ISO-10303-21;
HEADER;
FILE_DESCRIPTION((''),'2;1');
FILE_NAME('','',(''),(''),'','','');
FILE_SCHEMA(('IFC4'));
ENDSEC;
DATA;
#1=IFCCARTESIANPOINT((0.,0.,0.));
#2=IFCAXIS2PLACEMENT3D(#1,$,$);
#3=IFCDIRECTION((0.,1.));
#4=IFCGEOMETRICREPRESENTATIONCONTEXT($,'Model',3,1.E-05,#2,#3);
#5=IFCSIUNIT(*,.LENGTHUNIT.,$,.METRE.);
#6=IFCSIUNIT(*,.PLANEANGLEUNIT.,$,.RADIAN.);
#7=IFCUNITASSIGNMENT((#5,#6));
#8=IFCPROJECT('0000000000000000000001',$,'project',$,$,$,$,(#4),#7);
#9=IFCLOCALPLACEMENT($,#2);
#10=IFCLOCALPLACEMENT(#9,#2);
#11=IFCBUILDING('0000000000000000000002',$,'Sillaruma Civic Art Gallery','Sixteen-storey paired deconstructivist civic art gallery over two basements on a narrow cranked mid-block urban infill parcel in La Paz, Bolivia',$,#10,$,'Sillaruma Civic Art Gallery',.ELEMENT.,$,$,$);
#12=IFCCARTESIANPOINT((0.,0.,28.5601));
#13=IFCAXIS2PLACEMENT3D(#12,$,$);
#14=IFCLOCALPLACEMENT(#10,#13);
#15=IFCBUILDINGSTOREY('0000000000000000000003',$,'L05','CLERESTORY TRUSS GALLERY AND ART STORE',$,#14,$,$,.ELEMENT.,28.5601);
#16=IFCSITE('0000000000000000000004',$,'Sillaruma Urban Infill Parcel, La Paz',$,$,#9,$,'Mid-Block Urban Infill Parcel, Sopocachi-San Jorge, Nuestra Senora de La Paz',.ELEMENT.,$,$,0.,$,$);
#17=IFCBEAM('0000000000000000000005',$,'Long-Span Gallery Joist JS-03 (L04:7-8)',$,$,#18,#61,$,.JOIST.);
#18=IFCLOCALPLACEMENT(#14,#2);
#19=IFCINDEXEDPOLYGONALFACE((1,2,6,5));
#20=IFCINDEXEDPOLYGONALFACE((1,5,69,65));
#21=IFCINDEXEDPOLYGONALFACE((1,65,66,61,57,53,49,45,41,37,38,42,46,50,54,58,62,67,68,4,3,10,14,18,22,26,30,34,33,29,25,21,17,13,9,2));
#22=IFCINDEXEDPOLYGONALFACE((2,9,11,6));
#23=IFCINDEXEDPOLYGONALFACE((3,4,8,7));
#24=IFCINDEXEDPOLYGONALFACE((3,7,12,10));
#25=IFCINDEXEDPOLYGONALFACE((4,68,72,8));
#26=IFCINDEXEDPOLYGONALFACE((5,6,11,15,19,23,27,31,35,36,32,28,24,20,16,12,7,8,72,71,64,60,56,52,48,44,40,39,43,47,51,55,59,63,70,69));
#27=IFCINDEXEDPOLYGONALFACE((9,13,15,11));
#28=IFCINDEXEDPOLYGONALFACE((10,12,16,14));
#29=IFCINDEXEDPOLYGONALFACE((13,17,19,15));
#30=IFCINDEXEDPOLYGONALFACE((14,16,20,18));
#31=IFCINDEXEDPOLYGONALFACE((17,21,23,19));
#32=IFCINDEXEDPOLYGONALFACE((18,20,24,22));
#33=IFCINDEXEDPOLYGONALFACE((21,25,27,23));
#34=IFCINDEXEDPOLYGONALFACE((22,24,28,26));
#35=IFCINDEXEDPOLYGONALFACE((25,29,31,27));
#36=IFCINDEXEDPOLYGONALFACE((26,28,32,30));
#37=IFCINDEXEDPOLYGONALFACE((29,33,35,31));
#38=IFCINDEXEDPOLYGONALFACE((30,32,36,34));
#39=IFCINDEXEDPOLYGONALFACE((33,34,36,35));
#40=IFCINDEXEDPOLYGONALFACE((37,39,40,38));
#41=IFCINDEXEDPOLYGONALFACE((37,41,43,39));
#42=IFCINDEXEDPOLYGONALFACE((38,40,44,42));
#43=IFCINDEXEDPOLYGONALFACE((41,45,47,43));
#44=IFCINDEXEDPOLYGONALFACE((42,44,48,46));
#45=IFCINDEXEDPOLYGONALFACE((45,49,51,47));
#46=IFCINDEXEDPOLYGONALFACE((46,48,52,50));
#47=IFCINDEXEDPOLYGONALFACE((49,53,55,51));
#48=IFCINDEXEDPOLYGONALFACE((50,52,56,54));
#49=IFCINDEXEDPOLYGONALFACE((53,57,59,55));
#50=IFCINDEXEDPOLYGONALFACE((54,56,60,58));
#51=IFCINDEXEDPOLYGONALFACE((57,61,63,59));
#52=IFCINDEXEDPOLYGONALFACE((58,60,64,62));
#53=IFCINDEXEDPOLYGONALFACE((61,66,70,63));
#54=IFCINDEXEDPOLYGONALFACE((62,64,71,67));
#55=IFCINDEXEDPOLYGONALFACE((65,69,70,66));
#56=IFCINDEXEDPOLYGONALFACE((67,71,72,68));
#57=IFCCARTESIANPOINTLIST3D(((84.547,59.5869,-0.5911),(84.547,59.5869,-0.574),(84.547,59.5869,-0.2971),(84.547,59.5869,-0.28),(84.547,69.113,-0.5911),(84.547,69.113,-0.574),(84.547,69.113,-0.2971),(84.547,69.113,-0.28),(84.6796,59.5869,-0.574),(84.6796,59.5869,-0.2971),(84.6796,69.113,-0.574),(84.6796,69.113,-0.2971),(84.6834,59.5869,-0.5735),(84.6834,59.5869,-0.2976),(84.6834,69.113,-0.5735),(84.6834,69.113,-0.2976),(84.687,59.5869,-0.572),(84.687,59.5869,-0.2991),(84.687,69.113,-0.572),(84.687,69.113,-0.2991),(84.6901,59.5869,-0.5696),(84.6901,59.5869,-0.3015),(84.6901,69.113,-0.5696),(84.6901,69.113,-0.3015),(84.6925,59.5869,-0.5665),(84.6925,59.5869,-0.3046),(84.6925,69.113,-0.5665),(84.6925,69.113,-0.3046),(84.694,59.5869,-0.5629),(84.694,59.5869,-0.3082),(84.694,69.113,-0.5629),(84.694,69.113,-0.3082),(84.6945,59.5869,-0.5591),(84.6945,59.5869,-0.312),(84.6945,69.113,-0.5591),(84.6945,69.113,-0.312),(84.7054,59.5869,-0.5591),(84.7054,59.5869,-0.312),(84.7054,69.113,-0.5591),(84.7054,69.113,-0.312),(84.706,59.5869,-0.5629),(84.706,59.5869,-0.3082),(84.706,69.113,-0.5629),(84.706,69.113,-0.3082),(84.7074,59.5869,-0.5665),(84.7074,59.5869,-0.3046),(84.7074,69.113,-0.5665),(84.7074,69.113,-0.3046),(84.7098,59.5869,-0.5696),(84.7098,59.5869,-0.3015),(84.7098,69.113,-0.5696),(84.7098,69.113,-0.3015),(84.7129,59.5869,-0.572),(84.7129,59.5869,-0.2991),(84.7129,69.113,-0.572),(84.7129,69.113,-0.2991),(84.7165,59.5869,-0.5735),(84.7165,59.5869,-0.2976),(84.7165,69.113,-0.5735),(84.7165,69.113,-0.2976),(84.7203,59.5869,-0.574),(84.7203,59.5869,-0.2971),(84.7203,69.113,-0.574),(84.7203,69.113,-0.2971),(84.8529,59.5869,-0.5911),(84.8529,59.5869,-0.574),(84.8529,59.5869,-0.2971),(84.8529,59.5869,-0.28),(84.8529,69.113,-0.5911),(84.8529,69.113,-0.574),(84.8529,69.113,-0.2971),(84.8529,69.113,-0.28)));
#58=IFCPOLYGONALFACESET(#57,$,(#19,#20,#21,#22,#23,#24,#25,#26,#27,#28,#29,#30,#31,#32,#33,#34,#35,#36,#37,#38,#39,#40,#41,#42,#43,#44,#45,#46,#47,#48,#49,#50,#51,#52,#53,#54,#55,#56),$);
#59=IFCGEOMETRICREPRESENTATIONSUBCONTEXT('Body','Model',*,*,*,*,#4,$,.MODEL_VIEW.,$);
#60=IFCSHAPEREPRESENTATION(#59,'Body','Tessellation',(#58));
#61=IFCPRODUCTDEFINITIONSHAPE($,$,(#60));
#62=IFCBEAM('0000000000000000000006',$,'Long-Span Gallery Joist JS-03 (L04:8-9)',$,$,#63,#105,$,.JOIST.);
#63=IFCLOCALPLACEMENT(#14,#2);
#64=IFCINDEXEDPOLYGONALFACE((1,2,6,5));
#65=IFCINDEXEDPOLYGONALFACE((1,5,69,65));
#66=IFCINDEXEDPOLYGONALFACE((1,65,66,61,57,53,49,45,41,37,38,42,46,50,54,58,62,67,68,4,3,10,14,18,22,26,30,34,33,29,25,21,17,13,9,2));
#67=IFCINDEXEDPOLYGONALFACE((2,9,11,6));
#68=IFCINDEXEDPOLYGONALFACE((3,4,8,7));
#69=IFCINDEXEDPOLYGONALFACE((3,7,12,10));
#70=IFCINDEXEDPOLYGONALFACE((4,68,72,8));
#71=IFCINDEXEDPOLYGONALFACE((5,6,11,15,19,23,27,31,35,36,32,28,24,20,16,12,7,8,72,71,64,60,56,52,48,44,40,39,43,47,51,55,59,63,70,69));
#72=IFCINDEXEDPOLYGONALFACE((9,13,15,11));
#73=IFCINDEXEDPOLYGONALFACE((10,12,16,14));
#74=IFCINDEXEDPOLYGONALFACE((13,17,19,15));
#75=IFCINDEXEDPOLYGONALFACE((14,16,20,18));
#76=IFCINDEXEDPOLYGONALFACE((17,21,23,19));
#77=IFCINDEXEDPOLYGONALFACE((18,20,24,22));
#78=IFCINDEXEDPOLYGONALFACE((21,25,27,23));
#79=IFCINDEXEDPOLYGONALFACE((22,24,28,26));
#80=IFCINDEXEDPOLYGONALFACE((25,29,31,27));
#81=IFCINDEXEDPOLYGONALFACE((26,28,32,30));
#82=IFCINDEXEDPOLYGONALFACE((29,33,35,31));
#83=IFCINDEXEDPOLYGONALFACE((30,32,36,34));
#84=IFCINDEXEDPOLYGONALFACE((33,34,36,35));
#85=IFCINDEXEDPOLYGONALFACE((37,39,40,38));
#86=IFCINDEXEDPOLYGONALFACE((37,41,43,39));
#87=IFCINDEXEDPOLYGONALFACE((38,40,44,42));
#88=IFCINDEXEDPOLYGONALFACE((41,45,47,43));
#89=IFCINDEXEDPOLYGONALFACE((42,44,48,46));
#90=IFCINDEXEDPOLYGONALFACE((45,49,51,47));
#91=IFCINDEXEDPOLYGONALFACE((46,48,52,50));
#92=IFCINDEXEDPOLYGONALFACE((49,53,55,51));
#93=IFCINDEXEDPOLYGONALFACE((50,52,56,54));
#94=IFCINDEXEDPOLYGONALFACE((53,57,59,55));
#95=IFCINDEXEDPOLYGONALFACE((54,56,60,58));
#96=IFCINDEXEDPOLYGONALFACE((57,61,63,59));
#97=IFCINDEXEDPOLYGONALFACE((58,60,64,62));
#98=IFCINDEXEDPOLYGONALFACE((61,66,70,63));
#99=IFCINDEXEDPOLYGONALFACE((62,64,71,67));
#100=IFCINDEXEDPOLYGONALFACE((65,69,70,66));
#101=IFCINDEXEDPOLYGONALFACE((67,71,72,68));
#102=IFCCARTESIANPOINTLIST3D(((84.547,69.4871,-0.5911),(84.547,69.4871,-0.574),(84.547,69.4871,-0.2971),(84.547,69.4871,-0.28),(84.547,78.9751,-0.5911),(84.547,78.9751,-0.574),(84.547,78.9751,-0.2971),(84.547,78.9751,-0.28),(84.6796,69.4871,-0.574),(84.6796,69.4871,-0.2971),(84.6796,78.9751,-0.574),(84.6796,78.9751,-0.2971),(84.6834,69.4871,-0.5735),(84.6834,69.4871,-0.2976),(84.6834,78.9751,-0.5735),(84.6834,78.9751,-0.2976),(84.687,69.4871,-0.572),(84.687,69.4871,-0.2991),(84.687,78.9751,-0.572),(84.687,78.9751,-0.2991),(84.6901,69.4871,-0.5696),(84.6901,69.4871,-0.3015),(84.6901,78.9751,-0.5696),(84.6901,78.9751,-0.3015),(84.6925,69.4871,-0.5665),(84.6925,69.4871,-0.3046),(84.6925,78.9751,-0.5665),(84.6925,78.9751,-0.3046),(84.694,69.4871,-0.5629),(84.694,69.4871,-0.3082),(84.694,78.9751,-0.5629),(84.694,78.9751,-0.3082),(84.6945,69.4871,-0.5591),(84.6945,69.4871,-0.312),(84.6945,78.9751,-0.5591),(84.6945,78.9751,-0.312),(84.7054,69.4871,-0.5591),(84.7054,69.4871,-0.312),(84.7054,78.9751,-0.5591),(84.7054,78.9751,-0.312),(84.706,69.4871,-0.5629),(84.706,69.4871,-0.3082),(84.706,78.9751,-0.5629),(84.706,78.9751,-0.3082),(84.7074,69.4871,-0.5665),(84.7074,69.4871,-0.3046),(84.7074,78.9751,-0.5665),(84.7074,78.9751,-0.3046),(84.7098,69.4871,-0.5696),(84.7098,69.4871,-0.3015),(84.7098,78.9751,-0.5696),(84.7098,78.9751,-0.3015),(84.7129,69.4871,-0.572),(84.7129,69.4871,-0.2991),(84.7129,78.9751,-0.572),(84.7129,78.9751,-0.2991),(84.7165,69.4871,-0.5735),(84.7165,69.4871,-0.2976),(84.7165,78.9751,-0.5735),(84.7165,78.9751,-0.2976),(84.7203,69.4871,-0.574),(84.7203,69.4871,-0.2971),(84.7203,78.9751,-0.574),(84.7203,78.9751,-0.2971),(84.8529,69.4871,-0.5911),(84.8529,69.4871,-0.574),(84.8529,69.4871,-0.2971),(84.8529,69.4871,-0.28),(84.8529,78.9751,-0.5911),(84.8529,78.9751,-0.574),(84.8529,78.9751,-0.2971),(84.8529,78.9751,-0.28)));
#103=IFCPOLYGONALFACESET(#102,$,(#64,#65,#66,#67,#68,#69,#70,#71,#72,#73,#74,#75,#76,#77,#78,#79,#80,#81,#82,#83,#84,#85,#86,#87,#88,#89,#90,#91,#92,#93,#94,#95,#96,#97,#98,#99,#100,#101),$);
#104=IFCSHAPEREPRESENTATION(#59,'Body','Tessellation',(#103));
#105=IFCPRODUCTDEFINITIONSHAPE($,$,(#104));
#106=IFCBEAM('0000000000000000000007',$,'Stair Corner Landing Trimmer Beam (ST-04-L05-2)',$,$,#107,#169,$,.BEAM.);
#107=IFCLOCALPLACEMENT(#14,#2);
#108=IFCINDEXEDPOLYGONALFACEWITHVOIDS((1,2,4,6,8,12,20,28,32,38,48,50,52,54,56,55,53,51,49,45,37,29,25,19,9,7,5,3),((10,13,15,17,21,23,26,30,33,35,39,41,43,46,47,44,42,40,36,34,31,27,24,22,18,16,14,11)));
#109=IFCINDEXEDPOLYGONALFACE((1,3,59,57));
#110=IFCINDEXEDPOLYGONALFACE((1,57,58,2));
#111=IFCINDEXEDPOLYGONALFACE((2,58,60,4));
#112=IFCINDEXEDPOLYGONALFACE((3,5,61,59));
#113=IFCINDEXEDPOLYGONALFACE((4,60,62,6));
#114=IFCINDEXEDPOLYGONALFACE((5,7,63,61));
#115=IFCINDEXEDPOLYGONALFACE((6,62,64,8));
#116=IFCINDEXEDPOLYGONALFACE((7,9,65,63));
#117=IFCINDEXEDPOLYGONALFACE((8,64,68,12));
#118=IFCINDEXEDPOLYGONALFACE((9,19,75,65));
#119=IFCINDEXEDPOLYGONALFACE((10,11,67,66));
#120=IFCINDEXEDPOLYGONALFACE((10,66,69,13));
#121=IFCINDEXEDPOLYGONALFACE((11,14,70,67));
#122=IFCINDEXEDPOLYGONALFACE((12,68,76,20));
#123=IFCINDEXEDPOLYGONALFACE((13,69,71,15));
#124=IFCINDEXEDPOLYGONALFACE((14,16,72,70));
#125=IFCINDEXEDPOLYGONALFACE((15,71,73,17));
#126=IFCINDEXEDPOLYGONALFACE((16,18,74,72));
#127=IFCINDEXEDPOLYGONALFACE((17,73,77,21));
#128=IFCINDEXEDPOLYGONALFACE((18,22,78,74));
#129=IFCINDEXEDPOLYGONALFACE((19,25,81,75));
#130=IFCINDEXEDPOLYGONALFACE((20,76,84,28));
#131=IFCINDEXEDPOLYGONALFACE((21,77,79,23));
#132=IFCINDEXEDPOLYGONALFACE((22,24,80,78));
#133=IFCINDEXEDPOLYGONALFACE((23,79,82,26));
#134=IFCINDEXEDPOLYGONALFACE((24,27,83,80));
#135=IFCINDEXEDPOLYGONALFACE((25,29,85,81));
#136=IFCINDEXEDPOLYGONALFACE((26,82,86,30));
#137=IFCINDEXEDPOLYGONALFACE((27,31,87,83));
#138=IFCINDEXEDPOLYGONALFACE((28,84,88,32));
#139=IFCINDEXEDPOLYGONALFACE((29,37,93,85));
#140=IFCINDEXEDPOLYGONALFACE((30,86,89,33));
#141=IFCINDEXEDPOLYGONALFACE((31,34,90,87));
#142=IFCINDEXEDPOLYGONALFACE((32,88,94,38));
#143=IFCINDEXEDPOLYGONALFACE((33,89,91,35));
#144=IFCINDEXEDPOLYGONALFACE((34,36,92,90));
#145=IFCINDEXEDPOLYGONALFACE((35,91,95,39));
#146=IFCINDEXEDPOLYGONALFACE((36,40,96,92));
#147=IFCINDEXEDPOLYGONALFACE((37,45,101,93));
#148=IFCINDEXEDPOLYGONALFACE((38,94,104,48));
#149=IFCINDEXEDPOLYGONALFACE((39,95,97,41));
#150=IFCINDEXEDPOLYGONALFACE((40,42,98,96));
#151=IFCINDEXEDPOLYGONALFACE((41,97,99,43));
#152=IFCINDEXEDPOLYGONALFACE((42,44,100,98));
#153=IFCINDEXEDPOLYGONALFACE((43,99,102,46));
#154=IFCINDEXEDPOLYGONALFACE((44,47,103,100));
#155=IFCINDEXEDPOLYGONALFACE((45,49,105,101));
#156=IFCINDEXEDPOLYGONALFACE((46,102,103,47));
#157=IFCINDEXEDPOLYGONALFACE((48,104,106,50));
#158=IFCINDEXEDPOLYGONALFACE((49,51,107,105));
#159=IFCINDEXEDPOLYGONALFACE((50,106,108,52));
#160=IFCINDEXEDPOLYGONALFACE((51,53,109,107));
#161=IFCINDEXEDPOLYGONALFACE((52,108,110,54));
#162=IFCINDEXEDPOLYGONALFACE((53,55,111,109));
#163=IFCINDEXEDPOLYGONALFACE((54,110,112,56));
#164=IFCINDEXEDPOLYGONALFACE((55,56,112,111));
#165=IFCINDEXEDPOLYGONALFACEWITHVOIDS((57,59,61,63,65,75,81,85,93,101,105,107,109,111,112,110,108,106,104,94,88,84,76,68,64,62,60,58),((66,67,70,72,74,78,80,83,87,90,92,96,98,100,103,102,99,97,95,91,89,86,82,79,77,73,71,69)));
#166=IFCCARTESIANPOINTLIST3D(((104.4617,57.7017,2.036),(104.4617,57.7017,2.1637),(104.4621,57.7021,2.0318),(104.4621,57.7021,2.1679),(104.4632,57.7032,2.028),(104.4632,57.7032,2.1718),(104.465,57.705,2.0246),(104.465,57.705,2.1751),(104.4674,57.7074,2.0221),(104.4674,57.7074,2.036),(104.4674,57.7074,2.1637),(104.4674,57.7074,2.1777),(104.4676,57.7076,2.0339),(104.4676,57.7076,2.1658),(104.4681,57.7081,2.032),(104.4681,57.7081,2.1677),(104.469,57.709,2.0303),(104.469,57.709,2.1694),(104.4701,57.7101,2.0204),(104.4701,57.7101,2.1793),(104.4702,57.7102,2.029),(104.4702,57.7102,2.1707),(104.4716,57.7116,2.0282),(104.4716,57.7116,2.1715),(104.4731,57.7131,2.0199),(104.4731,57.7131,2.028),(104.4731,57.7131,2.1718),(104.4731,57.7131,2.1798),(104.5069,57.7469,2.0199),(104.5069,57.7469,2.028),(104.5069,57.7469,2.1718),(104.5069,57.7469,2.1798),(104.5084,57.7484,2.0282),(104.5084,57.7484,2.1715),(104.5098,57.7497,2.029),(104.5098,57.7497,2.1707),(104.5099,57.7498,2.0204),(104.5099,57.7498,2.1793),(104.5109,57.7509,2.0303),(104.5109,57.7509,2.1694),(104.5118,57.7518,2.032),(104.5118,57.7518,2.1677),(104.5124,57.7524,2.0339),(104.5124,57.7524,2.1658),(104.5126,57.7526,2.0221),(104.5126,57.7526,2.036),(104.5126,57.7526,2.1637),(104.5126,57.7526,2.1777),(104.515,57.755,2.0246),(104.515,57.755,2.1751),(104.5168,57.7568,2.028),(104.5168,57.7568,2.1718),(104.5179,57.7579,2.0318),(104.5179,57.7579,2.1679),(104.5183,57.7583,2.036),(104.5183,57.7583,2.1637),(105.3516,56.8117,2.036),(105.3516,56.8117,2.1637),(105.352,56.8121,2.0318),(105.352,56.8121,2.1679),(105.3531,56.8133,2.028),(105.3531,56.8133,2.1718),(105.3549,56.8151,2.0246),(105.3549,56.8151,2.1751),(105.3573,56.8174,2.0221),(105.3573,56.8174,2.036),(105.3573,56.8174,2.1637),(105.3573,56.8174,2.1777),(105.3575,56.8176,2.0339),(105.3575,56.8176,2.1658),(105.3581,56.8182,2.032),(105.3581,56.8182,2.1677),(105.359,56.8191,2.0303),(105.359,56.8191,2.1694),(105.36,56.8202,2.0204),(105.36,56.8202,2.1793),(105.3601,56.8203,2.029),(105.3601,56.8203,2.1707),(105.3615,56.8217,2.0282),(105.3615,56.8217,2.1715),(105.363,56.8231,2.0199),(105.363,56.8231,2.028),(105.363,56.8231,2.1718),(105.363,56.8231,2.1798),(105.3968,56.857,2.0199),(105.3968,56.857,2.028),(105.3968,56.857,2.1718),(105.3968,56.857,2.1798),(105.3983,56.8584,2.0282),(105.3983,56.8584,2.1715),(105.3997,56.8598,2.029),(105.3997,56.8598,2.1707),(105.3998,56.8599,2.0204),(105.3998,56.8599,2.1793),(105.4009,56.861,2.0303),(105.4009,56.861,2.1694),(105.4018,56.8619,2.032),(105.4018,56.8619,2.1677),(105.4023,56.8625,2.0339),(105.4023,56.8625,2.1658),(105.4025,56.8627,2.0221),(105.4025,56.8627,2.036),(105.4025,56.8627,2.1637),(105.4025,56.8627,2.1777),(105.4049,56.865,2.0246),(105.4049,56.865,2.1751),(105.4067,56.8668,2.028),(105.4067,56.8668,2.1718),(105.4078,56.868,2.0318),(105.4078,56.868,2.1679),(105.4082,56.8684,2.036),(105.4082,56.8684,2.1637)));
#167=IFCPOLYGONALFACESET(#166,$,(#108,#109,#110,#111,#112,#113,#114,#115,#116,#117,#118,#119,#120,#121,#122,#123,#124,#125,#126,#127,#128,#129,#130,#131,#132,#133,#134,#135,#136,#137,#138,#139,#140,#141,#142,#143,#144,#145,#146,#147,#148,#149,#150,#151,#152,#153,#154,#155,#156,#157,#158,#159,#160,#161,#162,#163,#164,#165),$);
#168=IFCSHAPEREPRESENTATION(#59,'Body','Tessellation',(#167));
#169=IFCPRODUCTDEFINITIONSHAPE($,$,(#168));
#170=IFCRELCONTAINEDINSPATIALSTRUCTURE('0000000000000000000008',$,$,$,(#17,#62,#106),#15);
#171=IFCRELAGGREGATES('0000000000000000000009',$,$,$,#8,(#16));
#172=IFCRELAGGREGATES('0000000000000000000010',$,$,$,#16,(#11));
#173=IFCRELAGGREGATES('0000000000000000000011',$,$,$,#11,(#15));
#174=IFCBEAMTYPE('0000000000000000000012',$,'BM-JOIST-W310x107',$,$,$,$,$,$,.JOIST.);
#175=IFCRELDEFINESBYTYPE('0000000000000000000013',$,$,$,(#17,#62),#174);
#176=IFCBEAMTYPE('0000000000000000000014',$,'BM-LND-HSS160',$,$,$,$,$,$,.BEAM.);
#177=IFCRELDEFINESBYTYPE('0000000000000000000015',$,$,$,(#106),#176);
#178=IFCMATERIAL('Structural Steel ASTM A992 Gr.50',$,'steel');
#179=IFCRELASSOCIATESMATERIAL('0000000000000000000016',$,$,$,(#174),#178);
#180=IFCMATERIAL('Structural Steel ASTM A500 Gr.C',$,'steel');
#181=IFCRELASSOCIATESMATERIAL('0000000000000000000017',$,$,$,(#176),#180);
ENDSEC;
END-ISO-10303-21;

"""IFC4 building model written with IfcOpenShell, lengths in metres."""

from ifc_helpers import new_model, si_unit, direction, frame, origin, origin_2d, place, context, subcontext, project, spatial, hollow_rectangle, i_section, extrude, material, material_profile, profile_set, type_object, element, save


model = new_model("IFC4")

# Units and contexts
model_context = context("Model", 3, precision=1e-05, world=origin(), true_north=direction((0.0, 1.0)))
body_context = subcontext(model_context, "Body", "Model", "MODEL_VIEW")
ifc_project = project(units=[si_unit("LENGTHUNIT", "METRE"), si_unit("PLANEANGLEUNIT", "RADIAN")], contexts=[model_context])

# Site, building, storey
site_placement = place(None, origin())
site = spatial("IfcSite", under=ifc_project, at=site_placement, Name="Sillaruma Urban Infill Parcel, La Paz", LongName="Mid-Block Urban Infill Parcel, Sopocachi-San Jorge, Nuestra Senora de La Paz", CompositionType="ELEMENT", RefElevation=0.0)
building_placement = place(site_placement, origin())
building = spatial("IfcBuilding", under=site, at=building_placement, Name="Sillaruma Civic Art Gallery", Description="Sixteen-storey paired deconstructivist civic art gallery over two basements on a narrow cranked mid-block urban infill parcel in La Paz, Bolivia", LongName="Sillaruma Civic Art Gallery", CompositionType="ELEMENT")
storey_placement = place(building_placement, frame((0.0, 0.0, 28.5601)))
storey = spatial("IfcBuildingStorey", under=building, at=storey_placement, Name="L05", Description="CLERESTORY TRUSS GALLERY AND ART STORE", CompositionType="ELEMENT", Elevation=28.5601)

# Beams
ifc_material_1 = material(Name="Structural Steel ASTM A992 Gr.50", Category="steel")
ifc_material_profile_1 = material_profile(ifc_material_1, i_section(OverallWidth=0.3059, OverallDepth=0.311, WebThickness=0.011, FlangeThickness=0.0171, FilletRadius=0.0149, at=origin_2d()), Name="W310x107")
ifc_profile_set_1 = profile_set([ifc_material_profile_1], Name="Structural Steel ASTM A992 Gr.50")
beam_type_1 = type_object("IfcBeamType", Name="BM-JOIST-W310x107", PredefinedType="JOIST", material=ifc_profile_set_1)
beam_1_placement = place(storey_placement, frame((84.7, 59.5869, -0.4355), z_axis=(0.0, 1.0, 0.0), x_axis=(-1.0, 0.0, 0.0)))
element("IfcBeam", 1, at=beam_1_placement, inside=storey, type_object=beam_type_1, Name="Long-Span Gallery Joist JS-03 (L04:7-8)", PredefinedType="JOIST", context=body_context, shape_type="SweptSolid", body=[
    extrude(i_section(OverallWidth=0.3059, OverallDepth=0.311, WebThickness=0.011, FlangeThickness=0.0171, FilletRadius=0.0149, at=origin_2d()), origin(), (0.0, 0.0, 1.0), 9.5261),
])
beam_2_placement = place(storey_placement, frame((84.7, 69.4871, -0.4355), z_axis=(0.0, 1.0, 0.0), x_axis=(-1.0, 0.0, 0.0)))
element("IfcBeam", 2, at=beam_2_placement, inside=storey, type_object=beam_type_1, Name="Long-Span Gallery Joist JS-03 (L04:8-9)", PredefinedType="JOIST", context=body_context, shape_type="SweptSolid", body=[
    extrude(i_section(OverallWidth=0.3059, OverallDepth=0.311, WebThickness=0.011, FlangeThickness=0.0171, FilletRadius=0.0149, at=origin_2d()), origin(), (0.0, 0.0, 1.0), 9.488),
])
ifc_material_2 = material(Name="Structural Steel ASTM A500 Gr.C", Category="steel")
ifc_material_profile_2 = material_profile(ifc_material_2, hollow_rectangle(XDim=0.0801, YDim=0.1599, WallThickness=0.0081, InnerFilletRadius=0.0081, OuterFilletRadius=0.0161, at=origin_2d()), Name="HSS160x80x8")
ifc_profile_set_2 = profile_set([ifc_material_profile_2], Name="Structural Steel ASTM A500 Gr.C")
beam_type_2 = type_object("IfcBeamType", Name="BM-LND-HSS160", PredefinedType="BEAM", material=ifc_profile_set_2)
for number, where, z_axis, x_axis, name in (
    (3, (104.49, 57.73, 2.0999), (0.707107, -0.707107, 0.0), (0.707107, 0.707107, 0.0), "Stair Corner Landing Trimmer Beam (ST-04-L05-2)"),
):
    element("IfcBeam", number, at=place(storey_placement, frame(where, z_axis=z_axis, x_axis=x_axis)), inside=storey, type_object=beam_type_2, Name=name, PredefinedType="BEAM", context=body_context, shape_type="SweptSolid", body=[
        extrude(hollow_rectangle(XDim=0.0801, YDim=0.1599, WallThickness=0.0081, InnerFilletRadius=0.0081, OuterFilletRadius=0.0161, at=origin_2d()), origin(), (0.0, 0.0, 1.0), 1.2585),
    ])

save(model, "model.ifc")
